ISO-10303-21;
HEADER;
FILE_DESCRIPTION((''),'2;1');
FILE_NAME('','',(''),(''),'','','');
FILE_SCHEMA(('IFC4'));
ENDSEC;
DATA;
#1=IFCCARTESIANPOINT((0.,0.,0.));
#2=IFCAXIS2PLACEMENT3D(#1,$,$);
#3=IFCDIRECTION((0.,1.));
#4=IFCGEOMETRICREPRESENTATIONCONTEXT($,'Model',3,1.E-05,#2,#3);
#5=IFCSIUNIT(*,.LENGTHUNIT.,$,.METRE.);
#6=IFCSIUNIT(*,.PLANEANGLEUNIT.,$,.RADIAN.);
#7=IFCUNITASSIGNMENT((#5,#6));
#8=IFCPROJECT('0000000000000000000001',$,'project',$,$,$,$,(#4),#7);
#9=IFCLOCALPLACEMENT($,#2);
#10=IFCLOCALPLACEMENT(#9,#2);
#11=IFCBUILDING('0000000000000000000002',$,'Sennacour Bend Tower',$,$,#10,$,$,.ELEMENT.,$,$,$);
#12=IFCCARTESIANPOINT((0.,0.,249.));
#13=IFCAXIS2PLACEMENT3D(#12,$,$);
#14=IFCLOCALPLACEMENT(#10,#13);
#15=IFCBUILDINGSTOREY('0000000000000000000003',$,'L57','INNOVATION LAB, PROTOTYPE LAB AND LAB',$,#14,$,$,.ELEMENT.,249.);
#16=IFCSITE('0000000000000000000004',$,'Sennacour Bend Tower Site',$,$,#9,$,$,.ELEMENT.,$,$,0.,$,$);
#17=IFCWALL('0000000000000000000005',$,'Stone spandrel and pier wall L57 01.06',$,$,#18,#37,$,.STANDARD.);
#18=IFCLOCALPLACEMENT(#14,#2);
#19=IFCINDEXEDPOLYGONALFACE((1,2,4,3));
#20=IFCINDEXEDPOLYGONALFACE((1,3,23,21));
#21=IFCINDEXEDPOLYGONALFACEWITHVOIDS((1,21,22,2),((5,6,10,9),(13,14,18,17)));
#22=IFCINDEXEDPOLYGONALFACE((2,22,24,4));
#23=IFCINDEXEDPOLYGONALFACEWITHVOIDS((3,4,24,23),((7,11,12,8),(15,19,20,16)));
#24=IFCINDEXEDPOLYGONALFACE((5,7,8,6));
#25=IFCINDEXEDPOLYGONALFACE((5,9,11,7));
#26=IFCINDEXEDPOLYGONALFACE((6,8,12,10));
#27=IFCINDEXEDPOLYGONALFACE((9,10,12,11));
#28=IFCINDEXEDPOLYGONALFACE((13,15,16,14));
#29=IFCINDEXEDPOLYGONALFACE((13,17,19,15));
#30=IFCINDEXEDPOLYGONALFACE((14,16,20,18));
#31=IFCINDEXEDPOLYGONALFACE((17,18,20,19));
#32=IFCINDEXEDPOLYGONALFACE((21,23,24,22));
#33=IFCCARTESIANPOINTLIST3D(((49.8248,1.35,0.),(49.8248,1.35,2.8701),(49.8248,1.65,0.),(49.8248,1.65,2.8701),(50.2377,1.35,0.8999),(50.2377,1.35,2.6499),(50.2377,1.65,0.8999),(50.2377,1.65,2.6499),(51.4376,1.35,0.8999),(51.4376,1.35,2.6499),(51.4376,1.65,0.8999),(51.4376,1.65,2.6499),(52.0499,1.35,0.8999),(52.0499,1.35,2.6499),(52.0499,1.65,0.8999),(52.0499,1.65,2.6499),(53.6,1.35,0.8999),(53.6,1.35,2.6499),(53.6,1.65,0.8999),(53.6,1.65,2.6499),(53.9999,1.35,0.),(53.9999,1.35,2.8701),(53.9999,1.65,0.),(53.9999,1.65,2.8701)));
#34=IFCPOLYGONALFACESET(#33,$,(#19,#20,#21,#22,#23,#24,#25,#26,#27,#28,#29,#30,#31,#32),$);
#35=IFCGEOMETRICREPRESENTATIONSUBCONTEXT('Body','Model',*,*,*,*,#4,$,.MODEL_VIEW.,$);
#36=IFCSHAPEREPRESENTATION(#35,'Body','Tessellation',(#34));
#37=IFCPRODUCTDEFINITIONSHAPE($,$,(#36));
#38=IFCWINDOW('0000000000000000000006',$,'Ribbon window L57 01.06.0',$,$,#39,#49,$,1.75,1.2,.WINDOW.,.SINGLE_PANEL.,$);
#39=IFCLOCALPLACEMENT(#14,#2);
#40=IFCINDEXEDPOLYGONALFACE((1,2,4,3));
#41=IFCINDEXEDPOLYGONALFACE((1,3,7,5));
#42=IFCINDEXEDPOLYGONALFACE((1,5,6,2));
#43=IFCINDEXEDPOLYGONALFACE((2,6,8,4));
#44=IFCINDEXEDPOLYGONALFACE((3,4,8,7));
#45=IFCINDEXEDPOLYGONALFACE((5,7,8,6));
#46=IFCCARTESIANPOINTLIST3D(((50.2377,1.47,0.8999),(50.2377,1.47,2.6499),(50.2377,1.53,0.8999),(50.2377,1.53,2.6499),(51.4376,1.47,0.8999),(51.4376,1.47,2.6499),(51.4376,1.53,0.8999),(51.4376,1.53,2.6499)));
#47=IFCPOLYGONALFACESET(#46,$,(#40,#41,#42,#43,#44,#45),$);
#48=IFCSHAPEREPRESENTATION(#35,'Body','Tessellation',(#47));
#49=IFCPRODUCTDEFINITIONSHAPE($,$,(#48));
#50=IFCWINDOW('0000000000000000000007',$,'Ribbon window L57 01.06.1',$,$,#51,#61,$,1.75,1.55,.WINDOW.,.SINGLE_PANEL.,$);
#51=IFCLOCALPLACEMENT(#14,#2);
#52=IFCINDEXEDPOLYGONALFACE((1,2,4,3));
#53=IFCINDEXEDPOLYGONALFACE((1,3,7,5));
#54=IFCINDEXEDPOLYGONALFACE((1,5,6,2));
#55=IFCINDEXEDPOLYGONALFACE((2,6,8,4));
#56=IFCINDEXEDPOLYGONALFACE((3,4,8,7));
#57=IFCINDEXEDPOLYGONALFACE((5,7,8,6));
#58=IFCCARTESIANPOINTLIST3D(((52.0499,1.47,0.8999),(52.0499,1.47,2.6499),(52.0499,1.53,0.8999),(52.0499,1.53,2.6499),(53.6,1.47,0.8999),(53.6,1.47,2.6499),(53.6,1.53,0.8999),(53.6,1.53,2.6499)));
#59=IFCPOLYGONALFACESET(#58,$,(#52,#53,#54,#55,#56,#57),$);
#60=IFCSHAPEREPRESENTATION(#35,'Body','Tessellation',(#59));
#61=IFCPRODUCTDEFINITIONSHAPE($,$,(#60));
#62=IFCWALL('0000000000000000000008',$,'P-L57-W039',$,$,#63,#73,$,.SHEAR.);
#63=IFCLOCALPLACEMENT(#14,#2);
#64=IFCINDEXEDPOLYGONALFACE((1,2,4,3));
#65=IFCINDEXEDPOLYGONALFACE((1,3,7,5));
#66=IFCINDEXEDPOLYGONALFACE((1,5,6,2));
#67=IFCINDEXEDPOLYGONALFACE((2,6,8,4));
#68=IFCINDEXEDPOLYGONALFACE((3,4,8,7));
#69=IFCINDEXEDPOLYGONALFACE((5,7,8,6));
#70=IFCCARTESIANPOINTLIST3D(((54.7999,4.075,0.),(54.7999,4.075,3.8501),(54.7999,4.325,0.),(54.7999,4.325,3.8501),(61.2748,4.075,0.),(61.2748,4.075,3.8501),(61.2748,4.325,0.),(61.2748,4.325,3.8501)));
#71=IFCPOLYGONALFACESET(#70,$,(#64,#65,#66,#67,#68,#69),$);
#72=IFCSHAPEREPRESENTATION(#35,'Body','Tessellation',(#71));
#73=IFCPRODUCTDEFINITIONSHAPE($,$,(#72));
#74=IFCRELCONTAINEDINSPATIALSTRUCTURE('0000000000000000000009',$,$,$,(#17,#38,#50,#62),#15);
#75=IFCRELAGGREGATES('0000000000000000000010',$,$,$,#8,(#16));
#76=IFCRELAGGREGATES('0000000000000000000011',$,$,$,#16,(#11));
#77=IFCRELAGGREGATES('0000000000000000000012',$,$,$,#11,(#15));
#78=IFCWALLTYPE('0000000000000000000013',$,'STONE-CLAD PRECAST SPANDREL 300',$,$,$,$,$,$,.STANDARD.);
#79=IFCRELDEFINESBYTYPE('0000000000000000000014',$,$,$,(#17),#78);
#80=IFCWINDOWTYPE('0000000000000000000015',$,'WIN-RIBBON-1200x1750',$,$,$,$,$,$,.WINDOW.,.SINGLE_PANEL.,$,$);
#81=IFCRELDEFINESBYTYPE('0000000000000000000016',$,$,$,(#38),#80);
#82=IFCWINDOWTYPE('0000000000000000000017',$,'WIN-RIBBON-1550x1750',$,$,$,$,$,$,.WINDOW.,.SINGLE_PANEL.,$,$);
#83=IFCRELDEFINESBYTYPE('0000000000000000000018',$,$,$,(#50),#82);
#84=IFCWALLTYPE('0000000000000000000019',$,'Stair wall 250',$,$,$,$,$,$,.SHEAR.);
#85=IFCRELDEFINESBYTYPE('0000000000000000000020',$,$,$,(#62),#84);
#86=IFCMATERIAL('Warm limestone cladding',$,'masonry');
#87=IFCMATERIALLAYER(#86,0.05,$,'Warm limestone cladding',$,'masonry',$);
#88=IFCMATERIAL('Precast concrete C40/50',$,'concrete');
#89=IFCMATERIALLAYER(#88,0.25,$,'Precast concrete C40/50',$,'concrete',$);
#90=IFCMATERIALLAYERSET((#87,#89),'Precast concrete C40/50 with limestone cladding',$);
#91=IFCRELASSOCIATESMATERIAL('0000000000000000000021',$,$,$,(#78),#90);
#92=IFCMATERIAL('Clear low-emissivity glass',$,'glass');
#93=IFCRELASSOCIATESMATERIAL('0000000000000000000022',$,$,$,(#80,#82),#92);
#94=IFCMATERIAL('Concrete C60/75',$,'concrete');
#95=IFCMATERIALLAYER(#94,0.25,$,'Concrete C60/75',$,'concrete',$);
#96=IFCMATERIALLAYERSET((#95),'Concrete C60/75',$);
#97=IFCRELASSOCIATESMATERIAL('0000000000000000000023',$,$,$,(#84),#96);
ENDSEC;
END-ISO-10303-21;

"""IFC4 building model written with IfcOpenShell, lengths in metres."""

from ifc_helpers import new_model, si_unit, direction, frame, frame_2d, origin, place, context, subcontext, project, spatial, rectangle, extrude, material, layer, layer_set, type_object, element, fill, save


model = new_model("IFC4")

# Units and contexts
model_context = context("Model", 3, precision=1e-05, world=origin(), true_north=direction((0.0, 1.0)))
body_context = subcontext(model_context, "Body", "Model", "MODEL_VIEW")
ifc_project = project(units=[si_unit("LENGTHUNIT", "METRE"), si_unit("PLANEANGLEUNIT", "RADIAN")], contexts=[model_context])

# Site, building, storey
site_placement = place(None, origin())
site = spatial("IfcSite", under=ifc_project, at=site_placement, Name="Sennacour Bend Tower Site", CompositionType="ELEMENT", RefElevation=0.0)
building_placement = place(site_placement, origin())
building = spatial("IfcBuilding", under=site, at=building_placement, Name="Sennacour Bend Tower", CompositionType="ELEMENT")
storey_placement = place(building_placement, frame((0.0, 0.0, 249.0)))
storey = spatial("IfcBuildingStorey", under=building, at=storey_placement, Name="L57", Description="INNOVATION LAB, PROTOTYPE LAB AND LAB", CompositionType="ELEMENT", Elevation=249.0)

# Wall, openings, windows
ifc_material_1 = material(Name="Warm limestone cladding", Category="masonry")
ifc_layer_1 = layer(ifc_material_1, 0.05, Name="Warm limestone cladding", Category="masonry")
ifc_material_2 = material(Name="Precast concrete C40/50", Category="concrete")
ifc_layer_2 = layer(ifc_material_2, 0.25, Name="Precast concrete C40/50", Category="concrete")
ifc_layer_set_1 = layer_set([ifc_layer_1, ifc_layer_2], Name="Precast concrete C40/50 with limestone cladding")
wall_type_1 = type_object("IfcWallType", Name="STONE-CLAD PRECAST SPANDREL 300", PredefinedType="STANDARD", material=ifc_layer_set_1)
ifc_material_3 = material(Name="Clear low-emissivity glass", Category="glass")
window_type_1 = type_object("IfcWindowType", Name="WIN-RIBBON-1200x1750", PartitioningType="SINGLE_PANEL", PredefinedType="WINDOW", material=ifc_material_3)
wall_1_placement = place(storey_placement, frame((49.825, 1.5, 0.0), z_axis=(0.0, 0.0, 1.0), x_axis=(1.0, 0.0, 0.0)))
wall_1 = element("IfcWall", 1, at=wall_1_placement, inside=storey, type_object=wall_type_1, Name="Stone spandrel and pier wall L57 01.06", PredefinedType="STANDARD", context=body_context, shape_type="SweptSolid", body=[
    extrude(rectangle(XDim=4.175, YDim=0.3, at=frame_2d((2.0874, 0.0))), origin(), (0.0, 0.0, 1.0), 2.8701),
])
opening_1_placement = place(wall_1_placement, frame((0.4126, 0.0, 0.8999)))
opening_1 = element("IfcOpeningElement", 2, at=opening_1_placement, cuts=wall_1, PredefinedType="OPENING", context=body_context, shape_type="SweptSolid", body=[
    extrude(rectangle(XDim=1.2, YDim=1.75, at=frame_2d((0.6001, 0.875))), frame((0.0, 0.1602, 0.0), z_axis=(0.0, -1.0, 0.0), x_axis=(1.0, 0.0, 0.0)), (0.0, 0.0, 1.0), 0.3201),
])
opening_2_placement = place(wall_1_placement, frame((2.2251, 0.0, 0.8999)))
opening_2 = element("IfcOpeningElement", 3, at=opening_2_placement, cuts=wall_1, PredefinedType="OPENING", context=body_context, shape_type="SweptSolid", body=[
    extrude(rectangle(XDim=1.55, YDim=1.75, at=frame_2d((0.7749, 0.875))), frame((0.0, 0.1602, 0.0), z_axis=(0.0, -1.0, 0.0), x_axis=(1.0, 0.0, 0.0)), (0.0, 0.0, 1.0), 0.3201),
])
window_1_placement = place(opening_1_placement, origin())
window_1 = element("IfcWindow", 4, at=window_1_placement, inside=storey, type_object=window_type_1, Name="Ribbon window L57 01.06.0", OverallHeight=1.75, OverallWidth=1.2, PartitioningType="SINGLE_PANEL", PredefinedType="WINDOW", context=body_context, shape_type="SweptSolid", body=[
    extrude(rectangle(XDim=1.2, YDim=1.75, at=frame_2d((0.6001, 0.875))), frame((0.0, 0.03, 0.0), z_axis=(0.0, -1.0, 0.0), x_axis=(1.0, 0.0, 0.0)), (0.0, 0.0, 1.0), 0.0601),
])
fill(opening_1, window_1)
window_type_2 = type_object("IfcWindowType", Name="WIN-RIBBON-1550x1750", PartitioningType="SINGLE_PANEL", PredefinedType="WINDOW", material=ifc_material_3)
window_2_placement = place(opening_2_placement, origin())
window_2 = element("IfcWindow", 5, at=window_2_placement, inside=storey, type_object=window_type_2, Name="Ribbon window L57 01.06.1", OverallHeight=1.75, OverallWidth=1.55, PartitioningType="SINGLE_PANEL", PredefinedType="WINDOW", context=body_context, shape_type="SweptSolid", body=[
    extrude(rectangle(XDim=1.55, YDim=1.75, at=frame_2d((0.7749, 0.875))), frame((0.0, 0.03, 0.0), z_axis=(0.0, -1.0, 0.0), x_axis=(1.0, 0.0, 0.0)), (0.0, 0.0, 1.0), 0.0601),
])
fill(opening_2, window_2)

# Wall
ifc_material_4 = material(Name="Concrete C60/75", Category="concrete")
ifc_layer_3 = layer(ifc_material_4, 0.25, Name="Concrete C60/75", Category="concrete")
ifc_layer_set_2 = layer_set([ifc_layer_3], Name="Concrete C60/75")
wall_type_2 = type_object("IfcWallType", Name="Stair wall 250", PredefinedType="SHEAR", material=ifc_layer_set_2)
wall_2_placement = place(storey_placement, frame((54.8, 4.2, 0.0), z_axis=(0.0, 0.0, 1.0), x_axis=(1.0, 0.0, 0.0)))
element("IfcWall", 6, at=wall_2_placement, inside=storey, type_object=wall_type_2, Name="P-L57-W039", PredefinedType="SHEAR", context=body_context, shape_type="SweptSolid", body=[
    extrude(rectangle(XDim=6.4749, YDim=0.25, at=frame_2d((3.2373, 0.0))), origin(), (0.0, 0.0, 1.0), 3.8501),
])

save(model, "model.ifc")
